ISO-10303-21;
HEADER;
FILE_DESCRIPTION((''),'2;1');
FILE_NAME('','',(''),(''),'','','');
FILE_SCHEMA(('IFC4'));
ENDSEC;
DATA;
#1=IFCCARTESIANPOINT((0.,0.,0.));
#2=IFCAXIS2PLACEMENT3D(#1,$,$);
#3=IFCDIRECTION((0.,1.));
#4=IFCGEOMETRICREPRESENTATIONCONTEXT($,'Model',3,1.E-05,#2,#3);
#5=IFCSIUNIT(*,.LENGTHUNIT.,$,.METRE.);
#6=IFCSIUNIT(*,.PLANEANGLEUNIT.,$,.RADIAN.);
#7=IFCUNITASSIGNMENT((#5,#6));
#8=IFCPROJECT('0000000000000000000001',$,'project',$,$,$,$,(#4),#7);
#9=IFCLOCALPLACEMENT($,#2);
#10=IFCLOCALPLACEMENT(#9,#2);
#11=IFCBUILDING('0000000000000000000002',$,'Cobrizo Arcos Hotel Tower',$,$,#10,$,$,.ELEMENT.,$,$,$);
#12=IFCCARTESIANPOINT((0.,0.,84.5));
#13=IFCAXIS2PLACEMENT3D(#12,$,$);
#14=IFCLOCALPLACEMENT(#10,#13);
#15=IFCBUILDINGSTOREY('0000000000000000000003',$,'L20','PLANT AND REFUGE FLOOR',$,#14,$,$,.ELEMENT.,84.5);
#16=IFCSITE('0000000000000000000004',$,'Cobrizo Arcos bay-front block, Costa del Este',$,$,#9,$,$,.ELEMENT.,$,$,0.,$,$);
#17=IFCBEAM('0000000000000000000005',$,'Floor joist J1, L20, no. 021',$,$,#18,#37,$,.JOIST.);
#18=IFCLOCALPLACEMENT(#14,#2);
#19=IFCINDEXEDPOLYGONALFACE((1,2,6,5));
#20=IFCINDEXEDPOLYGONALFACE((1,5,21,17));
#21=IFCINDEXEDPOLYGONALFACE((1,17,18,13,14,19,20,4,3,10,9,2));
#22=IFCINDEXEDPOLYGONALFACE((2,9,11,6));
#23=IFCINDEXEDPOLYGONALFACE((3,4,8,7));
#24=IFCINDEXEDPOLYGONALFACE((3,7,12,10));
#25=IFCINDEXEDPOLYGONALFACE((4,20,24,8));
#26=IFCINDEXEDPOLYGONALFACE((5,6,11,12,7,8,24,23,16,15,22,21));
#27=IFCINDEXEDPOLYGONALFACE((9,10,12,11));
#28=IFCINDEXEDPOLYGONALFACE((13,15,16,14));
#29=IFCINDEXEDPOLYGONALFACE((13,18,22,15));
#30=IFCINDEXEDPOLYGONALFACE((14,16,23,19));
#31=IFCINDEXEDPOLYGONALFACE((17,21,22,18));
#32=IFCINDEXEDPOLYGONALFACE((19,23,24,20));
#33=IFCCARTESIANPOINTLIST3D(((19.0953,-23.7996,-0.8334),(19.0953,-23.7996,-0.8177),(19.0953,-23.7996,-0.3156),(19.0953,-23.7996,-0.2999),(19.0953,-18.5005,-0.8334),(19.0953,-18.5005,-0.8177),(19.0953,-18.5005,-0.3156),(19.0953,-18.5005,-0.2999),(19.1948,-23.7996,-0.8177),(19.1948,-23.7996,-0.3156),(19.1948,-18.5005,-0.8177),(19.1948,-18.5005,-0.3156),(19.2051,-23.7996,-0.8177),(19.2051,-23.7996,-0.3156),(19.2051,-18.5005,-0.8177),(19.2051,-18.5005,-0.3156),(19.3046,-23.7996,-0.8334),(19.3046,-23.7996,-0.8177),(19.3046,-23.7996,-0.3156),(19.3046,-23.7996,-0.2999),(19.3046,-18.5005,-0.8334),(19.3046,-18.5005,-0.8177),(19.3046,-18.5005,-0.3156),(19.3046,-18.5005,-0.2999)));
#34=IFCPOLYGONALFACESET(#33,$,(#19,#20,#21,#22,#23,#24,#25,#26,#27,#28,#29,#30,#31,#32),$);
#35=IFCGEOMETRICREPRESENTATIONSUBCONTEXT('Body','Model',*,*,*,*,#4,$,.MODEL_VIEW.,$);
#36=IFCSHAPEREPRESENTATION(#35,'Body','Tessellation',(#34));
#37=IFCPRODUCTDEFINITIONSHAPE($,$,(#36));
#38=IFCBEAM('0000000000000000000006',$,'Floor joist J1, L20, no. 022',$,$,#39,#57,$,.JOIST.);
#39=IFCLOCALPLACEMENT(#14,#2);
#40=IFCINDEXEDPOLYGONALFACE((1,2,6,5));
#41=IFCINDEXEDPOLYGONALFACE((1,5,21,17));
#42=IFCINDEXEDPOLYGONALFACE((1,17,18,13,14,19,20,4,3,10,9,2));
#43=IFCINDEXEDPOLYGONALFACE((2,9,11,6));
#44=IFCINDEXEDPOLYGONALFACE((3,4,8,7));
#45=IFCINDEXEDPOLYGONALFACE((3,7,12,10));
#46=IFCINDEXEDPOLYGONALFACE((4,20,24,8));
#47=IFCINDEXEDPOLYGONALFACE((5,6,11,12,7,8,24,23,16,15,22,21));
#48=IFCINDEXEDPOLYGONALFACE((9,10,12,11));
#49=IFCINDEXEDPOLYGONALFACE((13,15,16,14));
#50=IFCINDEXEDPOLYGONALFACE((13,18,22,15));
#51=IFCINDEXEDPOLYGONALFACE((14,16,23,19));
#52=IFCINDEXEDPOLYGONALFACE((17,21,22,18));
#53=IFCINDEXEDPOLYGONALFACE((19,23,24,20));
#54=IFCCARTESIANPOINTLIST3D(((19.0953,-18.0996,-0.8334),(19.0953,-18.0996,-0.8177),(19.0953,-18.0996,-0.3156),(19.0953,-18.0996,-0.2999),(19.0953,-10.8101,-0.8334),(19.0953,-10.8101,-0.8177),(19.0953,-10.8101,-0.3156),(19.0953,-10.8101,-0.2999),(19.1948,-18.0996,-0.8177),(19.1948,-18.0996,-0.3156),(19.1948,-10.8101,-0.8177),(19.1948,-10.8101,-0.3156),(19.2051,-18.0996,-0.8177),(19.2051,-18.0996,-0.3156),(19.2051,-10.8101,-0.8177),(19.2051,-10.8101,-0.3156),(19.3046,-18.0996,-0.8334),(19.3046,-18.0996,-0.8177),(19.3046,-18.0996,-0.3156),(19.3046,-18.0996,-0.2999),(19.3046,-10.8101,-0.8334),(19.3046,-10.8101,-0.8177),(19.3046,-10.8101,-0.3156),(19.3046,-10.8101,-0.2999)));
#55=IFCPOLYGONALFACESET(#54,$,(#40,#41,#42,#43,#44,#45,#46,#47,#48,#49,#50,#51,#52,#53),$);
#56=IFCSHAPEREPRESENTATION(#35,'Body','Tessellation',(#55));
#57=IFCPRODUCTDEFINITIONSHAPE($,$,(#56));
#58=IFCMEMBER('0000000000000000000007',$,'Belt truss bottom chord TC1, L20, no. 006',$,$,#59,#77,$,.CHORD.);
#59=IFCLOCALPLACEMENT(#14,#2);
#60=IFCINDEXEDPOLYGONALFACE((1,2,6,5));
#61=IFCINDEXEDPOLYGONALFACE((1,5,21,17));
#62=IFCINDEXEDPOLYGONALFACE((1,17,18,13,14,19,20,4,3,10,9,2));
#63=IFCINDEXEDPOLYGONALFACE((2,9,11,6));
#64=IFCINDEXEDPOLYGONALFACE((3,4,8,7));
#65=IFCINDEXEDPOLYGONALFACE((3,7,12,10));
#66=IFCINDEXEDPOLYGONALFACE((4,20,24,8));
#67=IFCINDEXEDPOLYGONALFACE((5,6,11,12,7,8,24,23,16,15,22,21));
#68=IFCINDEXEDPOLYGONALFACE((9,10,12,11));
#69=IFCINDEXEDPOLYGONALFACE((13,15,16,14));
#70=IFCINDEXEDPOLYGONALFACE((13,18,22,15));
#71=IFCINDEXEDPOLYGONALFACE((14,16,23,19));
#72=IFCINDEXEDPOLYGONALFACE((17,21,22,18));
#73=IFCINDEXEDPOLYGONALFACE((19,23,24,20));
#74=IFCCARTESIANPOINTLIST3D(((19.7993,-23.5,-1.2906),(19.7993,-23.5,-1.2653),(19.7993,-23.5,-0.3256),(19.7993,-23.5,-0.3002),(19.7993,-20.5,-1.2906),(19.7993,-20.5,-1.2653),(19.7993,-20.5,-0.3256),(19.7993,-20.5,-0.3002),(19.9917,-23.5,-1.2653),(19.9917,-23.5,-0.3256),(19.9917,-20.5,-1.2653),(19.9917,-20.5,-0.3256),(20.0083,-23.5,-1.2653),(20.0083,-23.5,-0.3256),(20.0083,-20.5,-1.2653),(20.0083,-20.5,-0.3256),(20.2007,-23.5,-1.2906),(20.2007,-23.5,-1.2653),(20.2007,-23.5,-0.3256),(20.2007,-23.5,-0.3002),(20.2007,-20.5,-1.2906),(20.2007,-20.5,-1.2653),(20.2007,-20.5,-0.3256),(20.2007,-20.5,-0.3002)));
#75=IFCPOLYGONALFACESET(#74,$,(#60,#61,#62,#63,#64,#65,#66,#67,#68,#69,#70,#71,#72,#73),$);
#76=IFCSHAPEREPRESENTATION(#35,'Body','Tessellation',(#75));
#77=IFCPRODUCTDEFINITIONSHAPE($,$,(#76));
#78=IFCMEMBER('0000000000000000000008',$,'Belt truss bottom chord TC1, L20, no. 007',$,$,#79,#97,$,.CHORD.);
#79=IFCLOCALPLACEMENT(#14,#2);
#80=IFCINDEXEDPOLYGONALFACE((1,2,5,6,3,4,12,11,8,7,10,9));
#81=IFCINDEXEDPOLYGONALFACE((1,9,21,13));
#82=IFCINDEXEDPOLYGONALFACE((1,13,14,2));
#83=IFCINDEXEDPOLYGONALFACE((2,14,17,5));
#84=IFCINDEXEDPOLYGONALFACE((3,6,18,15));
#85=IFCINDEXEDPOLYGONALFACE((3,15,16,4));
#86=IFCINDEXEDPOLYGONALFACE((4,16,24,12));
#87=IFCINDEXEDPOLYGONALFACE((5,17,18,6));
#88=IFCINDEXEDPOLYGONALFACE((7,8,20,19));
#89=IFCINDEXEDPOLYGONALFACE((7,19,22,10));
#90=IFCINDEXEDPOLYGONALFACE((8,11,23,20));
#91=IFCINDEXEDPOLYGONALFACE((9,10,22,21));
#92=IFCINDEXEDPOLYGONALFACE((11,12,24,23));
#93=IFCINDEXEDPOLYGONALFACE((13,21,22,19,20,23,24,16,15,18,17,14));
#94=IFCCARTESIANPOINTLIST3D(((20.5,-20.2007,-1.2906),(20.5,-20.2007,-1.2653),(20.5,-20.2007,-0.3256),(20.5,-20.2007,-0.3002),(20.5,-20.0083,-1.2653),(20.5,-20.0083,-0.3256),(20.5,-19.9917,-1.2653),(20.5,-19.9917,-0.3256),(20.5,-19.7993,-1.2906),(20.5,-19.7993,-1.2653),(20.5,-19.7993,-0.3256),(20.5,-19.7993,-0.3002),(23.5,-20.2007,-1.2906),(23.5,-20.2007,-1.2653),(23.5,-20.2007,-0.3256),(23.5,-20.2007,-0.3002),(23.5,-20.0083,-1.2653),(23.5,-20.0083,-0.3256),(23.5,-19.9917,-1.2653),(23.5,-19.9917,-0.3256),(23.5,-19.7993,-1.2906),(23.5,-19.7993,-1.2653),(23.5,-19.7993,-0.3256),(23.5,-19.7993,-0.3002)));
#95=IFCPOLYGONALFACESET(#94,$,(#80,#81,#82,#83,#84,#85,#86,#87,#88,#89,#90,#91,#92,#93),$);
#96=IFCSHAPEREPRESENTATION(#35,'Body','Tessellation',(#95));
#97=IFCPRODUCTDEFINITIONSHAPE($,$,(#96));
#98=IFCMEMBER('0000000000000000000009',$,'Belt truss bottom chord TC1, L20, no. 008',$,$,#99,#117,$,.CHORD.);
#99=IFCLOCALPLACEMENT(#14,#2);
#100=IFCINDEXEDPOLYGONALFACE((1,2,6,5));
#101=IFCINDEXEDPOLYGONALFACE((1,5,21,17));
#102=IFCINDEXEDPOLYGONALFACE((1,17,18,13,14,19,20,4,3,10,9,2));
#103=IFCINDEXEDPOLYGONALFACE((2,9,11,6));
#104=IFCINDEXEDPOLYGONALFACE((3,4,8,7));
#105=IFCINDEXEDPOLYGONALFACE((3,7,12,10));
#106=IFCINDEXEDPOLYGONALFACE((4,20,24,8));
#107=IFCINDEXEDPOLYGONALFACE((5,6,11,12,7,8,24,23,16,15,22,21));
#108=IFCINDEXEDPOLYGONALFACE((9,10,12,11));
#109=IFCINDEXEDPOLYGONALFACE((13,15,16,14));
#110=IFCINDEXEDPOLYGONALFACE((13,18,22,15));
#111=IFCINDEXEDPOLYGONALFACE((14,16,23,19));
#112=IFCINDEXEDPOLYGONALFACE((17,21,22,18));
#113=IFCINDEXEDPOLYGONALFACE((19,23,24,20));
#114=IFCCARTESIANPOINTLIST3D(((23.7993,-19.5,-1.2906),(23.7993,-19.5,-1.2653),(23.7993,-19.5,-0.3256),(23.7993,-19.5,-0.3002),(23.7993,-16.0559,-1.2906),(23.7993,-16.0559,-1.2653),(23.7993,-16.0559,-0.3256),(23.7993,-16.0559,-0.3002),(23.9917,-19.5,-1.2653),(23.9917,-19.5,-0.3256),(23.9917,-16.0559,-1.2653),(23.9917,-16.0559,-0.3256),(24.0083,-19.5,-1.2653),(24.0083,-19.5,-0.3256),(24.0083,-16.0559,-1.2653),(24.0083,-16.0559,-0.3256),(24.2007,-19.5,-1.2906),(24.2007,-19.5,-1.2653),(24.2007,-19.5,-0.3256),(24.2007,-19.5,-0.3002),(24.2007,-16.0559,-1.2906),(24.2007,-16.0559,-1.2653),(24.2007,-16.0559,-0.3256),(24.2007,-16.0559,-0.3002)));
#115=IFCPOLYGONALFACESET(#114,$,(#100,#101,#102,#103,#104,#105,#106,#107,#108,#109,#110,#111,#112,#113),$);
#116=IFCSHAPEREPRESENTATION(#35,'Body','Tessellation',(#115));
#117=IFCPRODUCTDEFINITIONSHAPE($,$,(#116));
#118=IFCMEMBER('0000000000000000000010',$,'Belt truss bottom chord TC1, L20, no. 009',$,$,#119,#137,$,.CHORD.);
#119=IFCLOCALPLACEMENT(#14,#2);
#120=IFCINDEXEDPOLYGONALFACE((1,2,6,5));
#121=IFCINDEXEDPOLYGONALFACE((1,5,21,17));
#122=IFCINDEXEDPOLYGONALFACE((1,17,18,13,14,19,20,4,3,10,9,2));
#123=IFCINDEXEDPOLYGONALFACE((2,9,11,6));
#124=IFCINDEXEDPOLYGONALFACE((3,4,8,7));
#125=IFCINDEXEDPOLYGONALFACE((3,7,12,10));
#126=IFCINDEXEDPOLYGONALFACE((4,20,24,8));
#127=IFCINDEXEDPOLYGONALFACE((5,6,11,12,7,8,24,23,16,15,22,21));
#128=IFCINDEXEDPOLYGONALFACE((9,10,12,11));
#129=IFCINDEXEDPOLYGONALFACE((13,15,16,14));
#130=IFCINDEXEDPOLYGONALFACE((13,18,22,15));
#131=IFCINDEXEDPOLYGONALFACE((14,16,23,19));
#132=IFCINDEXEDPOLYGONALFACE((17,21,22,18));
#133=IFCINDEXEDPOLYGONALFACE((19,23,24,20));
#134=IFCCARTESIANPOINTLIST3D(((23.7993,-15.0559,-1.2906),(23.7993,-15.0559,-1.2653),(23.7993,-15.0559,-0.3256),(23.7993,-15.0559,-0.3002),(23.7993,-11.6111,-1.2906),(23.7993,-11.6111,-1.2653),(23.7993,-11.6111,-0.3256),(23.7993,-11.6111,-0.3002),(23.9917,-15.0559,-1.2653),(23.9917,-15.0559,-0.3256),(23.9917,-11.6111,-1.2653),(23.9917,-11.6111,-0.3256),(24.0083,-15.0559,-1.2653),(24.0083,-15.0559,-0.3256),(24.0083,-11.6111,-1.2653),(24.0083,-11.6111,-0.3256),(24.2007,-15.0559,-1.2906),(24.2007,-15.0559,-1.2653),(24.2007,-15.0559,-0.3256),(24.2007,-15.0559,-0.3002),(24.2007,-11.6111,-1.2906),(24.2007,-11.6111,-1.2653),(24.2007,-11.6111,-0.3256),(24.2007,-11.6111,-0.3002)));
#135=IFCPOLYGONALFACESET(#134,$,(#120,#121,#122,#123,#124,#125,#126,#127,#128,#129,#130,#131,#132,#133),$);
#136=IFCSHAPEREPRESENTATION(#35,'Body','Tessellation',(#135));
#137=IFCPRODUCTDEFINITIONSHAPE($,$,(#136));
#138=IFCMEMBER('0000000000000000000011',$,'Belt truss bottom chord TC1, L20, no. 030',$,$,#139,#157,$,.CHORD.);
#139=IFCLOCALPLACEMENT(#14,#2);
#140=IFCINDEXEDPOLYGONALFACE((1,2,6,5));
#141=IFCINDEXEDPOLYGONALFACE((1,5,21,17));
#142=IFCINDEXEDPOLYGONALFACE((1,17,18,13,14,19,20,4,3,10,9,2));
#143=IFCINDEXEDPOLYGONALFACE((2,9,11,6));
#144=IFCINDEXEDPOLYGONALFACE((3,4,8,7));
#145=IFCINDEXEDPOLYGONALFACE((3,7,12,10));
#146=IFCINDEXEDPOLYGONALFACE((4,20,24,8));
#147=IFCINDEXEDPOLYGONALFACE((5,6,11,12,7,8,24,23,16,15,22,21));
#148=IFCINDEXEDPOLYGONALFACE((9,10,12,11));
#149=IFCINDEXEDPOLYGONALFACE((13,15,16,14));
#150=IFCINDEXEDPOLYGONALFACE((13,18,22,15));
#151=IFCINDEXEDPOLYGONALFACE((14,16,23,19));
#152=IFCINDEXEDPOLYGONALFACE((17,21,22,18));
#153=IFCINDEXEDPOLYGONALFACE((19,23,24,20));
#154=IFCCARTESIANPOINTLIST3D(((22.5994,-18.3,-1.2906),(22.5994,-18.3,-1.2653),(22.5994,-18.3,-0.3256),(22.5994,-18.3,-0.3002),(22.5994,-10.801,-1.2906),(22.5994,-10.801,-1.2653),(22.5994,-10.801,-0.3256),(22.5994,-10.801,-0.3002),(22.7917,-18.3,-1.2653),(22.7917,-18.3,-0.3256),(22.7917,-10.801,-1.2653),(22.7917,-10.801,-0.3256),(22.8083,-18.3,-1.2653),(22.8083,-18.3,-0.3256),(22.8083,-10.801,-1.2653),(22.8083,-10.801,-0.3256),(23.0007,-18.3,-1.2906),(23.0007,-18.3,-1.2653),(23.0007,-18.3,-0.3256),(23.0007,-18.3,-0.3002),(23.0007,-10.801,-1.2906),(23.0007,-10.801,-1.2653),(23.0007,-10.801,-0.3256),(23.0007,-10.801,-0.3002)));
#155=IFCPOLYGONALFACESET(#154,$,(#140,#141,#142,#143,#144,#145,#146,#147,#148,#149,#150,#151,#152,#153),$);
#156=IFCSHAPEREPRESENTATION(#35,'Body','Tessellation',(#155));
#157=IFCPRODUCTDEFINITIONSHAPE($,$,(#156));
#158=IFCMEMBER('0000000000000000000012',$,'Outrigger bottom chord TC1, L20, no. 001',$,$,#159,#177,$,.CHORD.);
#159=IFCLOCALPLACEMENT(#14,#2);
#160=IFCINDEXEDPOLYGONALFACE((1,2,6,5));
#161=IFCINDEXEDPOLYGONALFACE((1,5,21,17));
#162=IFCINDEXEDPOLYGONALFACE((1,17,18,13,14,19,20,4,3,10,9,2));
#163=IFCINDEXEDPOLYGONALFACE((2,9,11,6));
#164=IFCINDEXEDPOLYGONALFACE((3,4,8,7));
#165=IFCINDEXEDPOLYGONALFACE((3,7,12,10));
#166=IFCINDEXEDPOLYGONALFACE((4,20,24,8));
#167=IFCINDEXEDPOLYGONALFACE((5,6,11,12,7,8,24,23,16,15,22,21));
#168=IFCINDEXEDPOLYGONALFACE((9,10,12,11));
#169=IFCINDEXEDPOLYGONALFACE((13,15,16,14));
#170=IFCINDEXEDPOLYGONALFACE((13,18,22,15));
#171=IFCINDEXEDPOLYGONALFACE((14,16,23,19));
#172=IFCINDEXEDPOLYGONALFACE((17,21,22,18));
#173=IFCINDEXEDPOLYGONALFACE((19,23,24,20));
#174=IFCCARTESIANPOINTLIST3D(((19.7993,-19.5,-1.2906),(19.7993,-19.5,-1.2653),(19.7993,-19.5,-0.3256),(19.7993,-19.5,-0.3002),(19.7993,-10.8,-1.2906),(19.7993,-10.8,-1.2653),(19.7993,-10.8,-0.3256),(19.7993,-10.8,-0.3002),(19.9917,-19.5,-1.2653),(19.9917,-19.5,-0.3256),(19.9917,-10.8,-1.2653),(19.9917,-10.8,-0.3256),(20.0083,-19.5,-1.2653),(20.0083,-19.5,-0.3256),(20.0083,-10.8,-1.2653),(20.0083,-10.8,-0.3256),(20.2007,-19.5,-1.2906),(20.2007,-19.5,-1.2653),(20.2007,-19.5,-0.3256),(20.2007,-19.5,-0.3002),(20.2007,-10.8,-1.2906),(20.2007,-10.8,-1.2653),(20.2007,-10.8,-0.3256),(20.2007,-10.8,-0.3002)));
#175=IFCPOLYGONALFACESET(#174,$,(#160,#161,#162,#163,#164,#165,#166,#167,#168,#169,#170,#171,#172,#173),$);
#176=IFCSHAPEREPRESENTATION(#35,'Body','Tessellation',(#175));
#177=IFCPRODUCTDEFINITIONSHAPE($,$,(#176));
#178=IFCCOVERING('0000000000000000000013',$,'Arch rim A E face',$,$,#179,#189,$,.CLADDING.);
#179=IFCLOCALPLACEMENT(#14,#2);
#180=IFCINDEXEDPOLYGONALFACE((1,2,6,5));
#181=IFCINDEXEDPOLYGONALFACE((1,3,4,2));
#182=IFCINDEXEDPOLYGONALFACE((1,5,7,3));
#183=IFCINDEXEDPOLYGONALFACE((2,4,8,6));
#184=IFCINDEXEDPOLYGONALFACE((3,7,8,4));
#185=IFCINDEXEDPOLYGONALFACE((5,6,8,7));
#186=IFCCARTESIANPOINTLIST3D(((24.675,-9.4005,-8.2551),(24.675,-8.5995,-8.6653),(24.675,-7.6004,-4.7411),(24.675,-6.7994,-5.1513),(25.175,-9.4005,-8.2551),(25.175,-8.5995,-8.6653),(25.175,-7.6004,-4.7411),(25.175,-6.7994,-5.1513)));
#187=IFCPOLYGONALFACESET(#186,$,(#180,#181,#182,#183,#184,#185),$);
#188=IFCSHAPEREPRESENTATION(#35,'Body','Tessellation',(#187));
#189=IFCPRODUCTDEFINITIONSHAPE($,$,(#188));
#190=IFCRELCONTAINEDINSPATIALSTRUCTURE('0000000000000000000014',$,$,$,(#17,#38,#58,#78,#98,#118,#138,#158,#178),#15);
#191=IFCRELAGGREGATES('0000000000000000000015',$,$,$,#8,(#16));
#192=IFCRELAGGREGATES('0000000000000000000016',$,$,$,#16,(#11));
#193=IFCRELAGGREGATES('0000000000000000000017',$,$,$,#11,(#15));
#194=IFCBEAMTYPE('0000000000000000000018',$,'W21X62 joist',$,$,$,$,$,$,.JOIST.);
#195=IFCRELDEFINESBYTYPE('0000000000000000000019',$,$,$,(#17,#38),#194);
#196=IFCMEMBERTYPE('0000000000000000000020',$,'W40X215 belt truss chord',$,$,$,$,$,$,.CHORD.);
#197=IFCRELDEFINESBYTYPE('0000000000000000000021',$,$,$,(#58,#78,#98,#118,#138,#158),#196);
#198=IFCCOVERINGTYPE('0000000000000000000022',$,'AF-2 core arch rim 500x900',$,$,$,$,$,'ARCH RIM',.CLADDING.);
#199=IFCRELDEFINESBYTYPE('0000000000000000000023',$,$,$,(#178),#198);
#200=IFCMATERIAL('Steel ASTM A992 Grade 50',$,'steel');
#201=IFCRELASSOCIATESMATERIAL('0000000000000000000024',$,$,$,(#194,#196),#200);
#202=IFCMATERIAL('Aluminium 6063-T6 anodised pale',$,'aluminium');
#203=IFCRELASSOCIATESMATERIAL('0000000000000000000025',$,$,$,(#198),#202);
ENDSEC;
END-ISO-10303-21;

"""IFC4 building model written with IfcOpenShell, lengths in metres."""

from ifc_helpers import new_model, si_unit, direction, frame, origin, origin_2d, place, context, subcontext, project, spatial, rectangle, i_section, extrude, material, material_profile, profile_set, type_object, element, save


model = new_model("IFC4")

# Units and contexts
model_context = context("Model", 3, precision=1e-05, world=origin(), true_north=direction((0.0, 1.0)))
body_context = subcontext(model_context, "Body", "Model", "MODEL_VIEW")
ifc_project = project(units=[si_unit("LENGTHUNIT", "METRE"), si_unit("PLANEANGLEUNIT", "RADIAN")], contexts=[model_context])

# Site, building, storey
site_placement = place(None, origin())
site = spatial("IfcSite", under=ifc_project, at=site_placement, Name="Cobrizo Arcos bay-front block, Costa del Este", CompositionType="ELEMENT", RefElevation=0.0)
building_placement = place(site_placement, origin())
building = spatial("IfcBuilding", under=site, at=building_placement, Name="Cobrizo Arcos Hotel Tower", CompositionType="ELEMENT")
storey_placement = place(building_placement, frame((0.0, 0.0, 84.5)))
storey = spatial("IfcBuildingStorey", under=building, at=storey_placement, Name="L20", Description="PLANT AND REFUGE FLOOR", CompositionType="ELEMENT", Elevation=84.5)

# Beams
ifc_material_1 = material(Name="Steel ASTM A992 Grade 50", Category="steel")
ifc_material_profile_1 = material_profile(ifc_material_1, i_section(OverallWidth=0.2092, OverallDepth=0.5334, WebThickness=0.0103, FlangeThickness=0.0156, at=origin_2d()), Name="W21X62")
ifc_profile_set_1 = profile_set([ifc_material_profile_1], Name="Steel ASTM A992 Grade 50")
beam_type = type_object("IfcBeamType", Name="W21X62 joist", PredefinedType="JOIST", material=ifc_profile_set_1)
beam_1_placement = place(storey_placement, frame((19.2, -23.7996, -0.5667), z_axis=(0.0, 1.0, 0.0), x_axis=(-1.0, 0.0, 0.0)))
element("IfcBeam", 1, at=beam_1_placement, inside=storey, type_object=beam_type, Name="Floor joist J1, L20, no. 021", PredefinedType="JOIST", context=body_context, shape_type="SweptSolid", body=[
    extrude(i_section(OverallWidth=0.2092, OverallDepth=0.5334, WebThickness=0.0103, FlangeThickness=0.0156, at=origin_2d()), origin(), (0.0, 0.0, 1.0), 5.2991),
])
beam_2_placement = place(storey_placement, frame((19.2, -18.0996, -0.5667), z_axis=(0.0, 1.0, 0.0), x_axis=(-1.0, 0.0, 0.0)))
element("IfcBeam", 2, at=beam_2_placement, inside=storey, type_object=beam_type, Name="Floor joist J1, L20, no. 022", PredefinedType="JOIST", context=body_context, shape_type="SweptSolid", body=[
    extrude(i_section(OverallWidth=0.2092, OverallDepth=0.5334, WebThickness=0.0103, FlangeThickness=0.0156, at=origin_2d()), origin(), (0.0, 0.0, 1.0), 7.2896),
])

# Members
ifc_material_profile_2 = material_profile(ifc_material_1, i_section(OverallWidth=0.4014, OverallDepth=0.9905, WebThickness=0.0166, FlangeThickness=0.0254, at=origin_2d()), Name="W40X215")
ifc_profile_set_2 = profile_set([ifc_material_profile_2], Name="Steel ASTM A992 Grade 50")
member_type = type_object("IfcMemberType", Name="W40X215 belt truss chord", PredefinedType="CHORD", material=ifc_profile_set_2)
for number, where, z_axis, x_axis, name in (
    (3, (20.0, -23.5, -0.7954), (0.0, 1.0, 0.0), (-1.0, 0.0, 0.0), "Belt truss bottom chord TC1, L20, no. 006"),
    (4, (20.5, -20.0, -0.7954), (1.0, 0.0, 0.0), (0.0, 1.0, 0.0), "Belt truss bottom chord TC1, L20, no. 007"),
):
    element("IfcMember", number, at=place(storey_placement, frame(where, z_axis=z_axis, x_axis=x_axis)), inside=storey, type_object=member_type, Name=name, PredefinedType="CHORD", context=body_context, shape_type="SweptSolid", body=[
        extrude(i_section(OverallWidth=0.4014, OverallDepth=0.9905, WebThickness=0.0166, FlangeThickness=0.0254, at=origin_2d()), origin(), (0.0, 0.0, 1.0), 3.0),
    ])
member_1_placement = place(storey_placement, frame((24.0, -19.5, -0.7954), z_axis=(0.0, 1.0, 0.0), x_axis=(-1.0, 0.0, 0.0)))
element("IfcMember", 5, at=member_1_placement, inside=storey, type_object=member_type, Name="Belt truss bottom chord TC1, L20, no. 008", PredefinedType="CHORD", context=body_context, shape_type="SweptSolid", body=[
    extrude(i_section(OverallWidth=0.4014, OverallDepth=0.9905, WebThickness=0.0166, FlangeThickness=0.0254, at=origin_2d()), origin(), (0.0, 0.0, 1.0), 3.4441),
])
member_2_placement = place(storey_placement, frame((24.0, -15.0559, -0.7954), z_axis=(0.0, 1.0, 0.0), x_axis=(-1.0, 0.0, 0.0)))
element("IfcMember", 6, at=member_2_placement, inside=storey, type_object=member_type, Name="Belt truss bottom chord TC1, L20, no. 009", PredefinedType="CHORD", context=body_context, shape_type="SweptSolid", body=[
    extrude(i_section(OverallWidth=0.4014, OverallDepth=0.9905, WebThickness=0.0166, FlangeThickness=0.0254, at=origin_2d()), origin(), (0.0, 0.0, 1.0), 3.4448),
])
member_3_placement = place(storey_placement, frame((22.8, -18.3, -0.7954), z_axis=(0.0, 1.0, 0.0), x_axis=(-1.0, 0.0, 0.0)))
element("IfcMember", 7, at=member_3_placement, inside=storey, type_object=member_type, Name="Belt truss bottom chord TC1, L20, no. 030", PredefinedType="CHORD", context=body_context, shape_type="SweptSolid", body=[
    extrude(i_section(OverallWidth=0.4014, OverallDepth=0.9905, WebThickness=0.0166, FlangeThickness=0.0254, at=origin_2d()), origin(), (0.0, 0.0, 1.0), 7.499),
])
member_4_placement = place(storey_placement, frame((20.0, -10.8, -0.7954), z_axis=(0.0, -1.0, 0.0), x_axis=(1.0, 0.0, 0.0)))
element("IfcMember", 8, at=member_4_placement, inside=storey, type_object=member_type, Name="Outrigger bottom chord TC1, L20, no. 001", PredefinedType="CHORD", context=body_context, shape_type="SweptSolid", body=[
    extrude(i_section(OverallWidth=0.4014, OverallDepth=0.9905, WebThickness=0.0166, FlangeThickness=0.0254, at=origin_2d()), origin(), (0.0, 0.0, 1.0), 8.7),
])

# Covering
ifc_material_2 = material(Name="Aluminium 6063-T6 anodised pale", Category="aluminium")
ifc_material_profile_3 = material_profile(ifc_material_2, rectangle(XDim=0.5, YDim=0.8999, at=origin_2d()), Name="AF-2 core arch rim 500x900")
ifc_profile_set_3 = profile_set([ifc_material_profile_3], Name="Aluminium 6063-T6 anodised pale")
covering_type = type_object("IfcCoveringType", Name="AF-2 core arch rim 500x900", ElementType="ARCH RIM", PredefinedType="CLADDING", material=ifc_profile_set_3)
covering_1_placement = place(storey_placement, frame((24.925, -9.0, -8.4602), z_axis=(0.0, 0.455924, 0.890019), x_axis=(-1.0, 0.0, 0.0)))
element("IfcCovering", 9, at=covering_1_placement, inside=storey, type_object=covering_type, Name="Arch rim A E face", PredefinedType="CLADDING", context=body_context, shape_type="SweptSolid", body=[
    extrude(rectangle(XDim=0.5, YDim=0.8999, at=origin_2d()), origin(), (0.0, 0.0, 1.0), 3.9482),
])

save(model, "model.ifc")
